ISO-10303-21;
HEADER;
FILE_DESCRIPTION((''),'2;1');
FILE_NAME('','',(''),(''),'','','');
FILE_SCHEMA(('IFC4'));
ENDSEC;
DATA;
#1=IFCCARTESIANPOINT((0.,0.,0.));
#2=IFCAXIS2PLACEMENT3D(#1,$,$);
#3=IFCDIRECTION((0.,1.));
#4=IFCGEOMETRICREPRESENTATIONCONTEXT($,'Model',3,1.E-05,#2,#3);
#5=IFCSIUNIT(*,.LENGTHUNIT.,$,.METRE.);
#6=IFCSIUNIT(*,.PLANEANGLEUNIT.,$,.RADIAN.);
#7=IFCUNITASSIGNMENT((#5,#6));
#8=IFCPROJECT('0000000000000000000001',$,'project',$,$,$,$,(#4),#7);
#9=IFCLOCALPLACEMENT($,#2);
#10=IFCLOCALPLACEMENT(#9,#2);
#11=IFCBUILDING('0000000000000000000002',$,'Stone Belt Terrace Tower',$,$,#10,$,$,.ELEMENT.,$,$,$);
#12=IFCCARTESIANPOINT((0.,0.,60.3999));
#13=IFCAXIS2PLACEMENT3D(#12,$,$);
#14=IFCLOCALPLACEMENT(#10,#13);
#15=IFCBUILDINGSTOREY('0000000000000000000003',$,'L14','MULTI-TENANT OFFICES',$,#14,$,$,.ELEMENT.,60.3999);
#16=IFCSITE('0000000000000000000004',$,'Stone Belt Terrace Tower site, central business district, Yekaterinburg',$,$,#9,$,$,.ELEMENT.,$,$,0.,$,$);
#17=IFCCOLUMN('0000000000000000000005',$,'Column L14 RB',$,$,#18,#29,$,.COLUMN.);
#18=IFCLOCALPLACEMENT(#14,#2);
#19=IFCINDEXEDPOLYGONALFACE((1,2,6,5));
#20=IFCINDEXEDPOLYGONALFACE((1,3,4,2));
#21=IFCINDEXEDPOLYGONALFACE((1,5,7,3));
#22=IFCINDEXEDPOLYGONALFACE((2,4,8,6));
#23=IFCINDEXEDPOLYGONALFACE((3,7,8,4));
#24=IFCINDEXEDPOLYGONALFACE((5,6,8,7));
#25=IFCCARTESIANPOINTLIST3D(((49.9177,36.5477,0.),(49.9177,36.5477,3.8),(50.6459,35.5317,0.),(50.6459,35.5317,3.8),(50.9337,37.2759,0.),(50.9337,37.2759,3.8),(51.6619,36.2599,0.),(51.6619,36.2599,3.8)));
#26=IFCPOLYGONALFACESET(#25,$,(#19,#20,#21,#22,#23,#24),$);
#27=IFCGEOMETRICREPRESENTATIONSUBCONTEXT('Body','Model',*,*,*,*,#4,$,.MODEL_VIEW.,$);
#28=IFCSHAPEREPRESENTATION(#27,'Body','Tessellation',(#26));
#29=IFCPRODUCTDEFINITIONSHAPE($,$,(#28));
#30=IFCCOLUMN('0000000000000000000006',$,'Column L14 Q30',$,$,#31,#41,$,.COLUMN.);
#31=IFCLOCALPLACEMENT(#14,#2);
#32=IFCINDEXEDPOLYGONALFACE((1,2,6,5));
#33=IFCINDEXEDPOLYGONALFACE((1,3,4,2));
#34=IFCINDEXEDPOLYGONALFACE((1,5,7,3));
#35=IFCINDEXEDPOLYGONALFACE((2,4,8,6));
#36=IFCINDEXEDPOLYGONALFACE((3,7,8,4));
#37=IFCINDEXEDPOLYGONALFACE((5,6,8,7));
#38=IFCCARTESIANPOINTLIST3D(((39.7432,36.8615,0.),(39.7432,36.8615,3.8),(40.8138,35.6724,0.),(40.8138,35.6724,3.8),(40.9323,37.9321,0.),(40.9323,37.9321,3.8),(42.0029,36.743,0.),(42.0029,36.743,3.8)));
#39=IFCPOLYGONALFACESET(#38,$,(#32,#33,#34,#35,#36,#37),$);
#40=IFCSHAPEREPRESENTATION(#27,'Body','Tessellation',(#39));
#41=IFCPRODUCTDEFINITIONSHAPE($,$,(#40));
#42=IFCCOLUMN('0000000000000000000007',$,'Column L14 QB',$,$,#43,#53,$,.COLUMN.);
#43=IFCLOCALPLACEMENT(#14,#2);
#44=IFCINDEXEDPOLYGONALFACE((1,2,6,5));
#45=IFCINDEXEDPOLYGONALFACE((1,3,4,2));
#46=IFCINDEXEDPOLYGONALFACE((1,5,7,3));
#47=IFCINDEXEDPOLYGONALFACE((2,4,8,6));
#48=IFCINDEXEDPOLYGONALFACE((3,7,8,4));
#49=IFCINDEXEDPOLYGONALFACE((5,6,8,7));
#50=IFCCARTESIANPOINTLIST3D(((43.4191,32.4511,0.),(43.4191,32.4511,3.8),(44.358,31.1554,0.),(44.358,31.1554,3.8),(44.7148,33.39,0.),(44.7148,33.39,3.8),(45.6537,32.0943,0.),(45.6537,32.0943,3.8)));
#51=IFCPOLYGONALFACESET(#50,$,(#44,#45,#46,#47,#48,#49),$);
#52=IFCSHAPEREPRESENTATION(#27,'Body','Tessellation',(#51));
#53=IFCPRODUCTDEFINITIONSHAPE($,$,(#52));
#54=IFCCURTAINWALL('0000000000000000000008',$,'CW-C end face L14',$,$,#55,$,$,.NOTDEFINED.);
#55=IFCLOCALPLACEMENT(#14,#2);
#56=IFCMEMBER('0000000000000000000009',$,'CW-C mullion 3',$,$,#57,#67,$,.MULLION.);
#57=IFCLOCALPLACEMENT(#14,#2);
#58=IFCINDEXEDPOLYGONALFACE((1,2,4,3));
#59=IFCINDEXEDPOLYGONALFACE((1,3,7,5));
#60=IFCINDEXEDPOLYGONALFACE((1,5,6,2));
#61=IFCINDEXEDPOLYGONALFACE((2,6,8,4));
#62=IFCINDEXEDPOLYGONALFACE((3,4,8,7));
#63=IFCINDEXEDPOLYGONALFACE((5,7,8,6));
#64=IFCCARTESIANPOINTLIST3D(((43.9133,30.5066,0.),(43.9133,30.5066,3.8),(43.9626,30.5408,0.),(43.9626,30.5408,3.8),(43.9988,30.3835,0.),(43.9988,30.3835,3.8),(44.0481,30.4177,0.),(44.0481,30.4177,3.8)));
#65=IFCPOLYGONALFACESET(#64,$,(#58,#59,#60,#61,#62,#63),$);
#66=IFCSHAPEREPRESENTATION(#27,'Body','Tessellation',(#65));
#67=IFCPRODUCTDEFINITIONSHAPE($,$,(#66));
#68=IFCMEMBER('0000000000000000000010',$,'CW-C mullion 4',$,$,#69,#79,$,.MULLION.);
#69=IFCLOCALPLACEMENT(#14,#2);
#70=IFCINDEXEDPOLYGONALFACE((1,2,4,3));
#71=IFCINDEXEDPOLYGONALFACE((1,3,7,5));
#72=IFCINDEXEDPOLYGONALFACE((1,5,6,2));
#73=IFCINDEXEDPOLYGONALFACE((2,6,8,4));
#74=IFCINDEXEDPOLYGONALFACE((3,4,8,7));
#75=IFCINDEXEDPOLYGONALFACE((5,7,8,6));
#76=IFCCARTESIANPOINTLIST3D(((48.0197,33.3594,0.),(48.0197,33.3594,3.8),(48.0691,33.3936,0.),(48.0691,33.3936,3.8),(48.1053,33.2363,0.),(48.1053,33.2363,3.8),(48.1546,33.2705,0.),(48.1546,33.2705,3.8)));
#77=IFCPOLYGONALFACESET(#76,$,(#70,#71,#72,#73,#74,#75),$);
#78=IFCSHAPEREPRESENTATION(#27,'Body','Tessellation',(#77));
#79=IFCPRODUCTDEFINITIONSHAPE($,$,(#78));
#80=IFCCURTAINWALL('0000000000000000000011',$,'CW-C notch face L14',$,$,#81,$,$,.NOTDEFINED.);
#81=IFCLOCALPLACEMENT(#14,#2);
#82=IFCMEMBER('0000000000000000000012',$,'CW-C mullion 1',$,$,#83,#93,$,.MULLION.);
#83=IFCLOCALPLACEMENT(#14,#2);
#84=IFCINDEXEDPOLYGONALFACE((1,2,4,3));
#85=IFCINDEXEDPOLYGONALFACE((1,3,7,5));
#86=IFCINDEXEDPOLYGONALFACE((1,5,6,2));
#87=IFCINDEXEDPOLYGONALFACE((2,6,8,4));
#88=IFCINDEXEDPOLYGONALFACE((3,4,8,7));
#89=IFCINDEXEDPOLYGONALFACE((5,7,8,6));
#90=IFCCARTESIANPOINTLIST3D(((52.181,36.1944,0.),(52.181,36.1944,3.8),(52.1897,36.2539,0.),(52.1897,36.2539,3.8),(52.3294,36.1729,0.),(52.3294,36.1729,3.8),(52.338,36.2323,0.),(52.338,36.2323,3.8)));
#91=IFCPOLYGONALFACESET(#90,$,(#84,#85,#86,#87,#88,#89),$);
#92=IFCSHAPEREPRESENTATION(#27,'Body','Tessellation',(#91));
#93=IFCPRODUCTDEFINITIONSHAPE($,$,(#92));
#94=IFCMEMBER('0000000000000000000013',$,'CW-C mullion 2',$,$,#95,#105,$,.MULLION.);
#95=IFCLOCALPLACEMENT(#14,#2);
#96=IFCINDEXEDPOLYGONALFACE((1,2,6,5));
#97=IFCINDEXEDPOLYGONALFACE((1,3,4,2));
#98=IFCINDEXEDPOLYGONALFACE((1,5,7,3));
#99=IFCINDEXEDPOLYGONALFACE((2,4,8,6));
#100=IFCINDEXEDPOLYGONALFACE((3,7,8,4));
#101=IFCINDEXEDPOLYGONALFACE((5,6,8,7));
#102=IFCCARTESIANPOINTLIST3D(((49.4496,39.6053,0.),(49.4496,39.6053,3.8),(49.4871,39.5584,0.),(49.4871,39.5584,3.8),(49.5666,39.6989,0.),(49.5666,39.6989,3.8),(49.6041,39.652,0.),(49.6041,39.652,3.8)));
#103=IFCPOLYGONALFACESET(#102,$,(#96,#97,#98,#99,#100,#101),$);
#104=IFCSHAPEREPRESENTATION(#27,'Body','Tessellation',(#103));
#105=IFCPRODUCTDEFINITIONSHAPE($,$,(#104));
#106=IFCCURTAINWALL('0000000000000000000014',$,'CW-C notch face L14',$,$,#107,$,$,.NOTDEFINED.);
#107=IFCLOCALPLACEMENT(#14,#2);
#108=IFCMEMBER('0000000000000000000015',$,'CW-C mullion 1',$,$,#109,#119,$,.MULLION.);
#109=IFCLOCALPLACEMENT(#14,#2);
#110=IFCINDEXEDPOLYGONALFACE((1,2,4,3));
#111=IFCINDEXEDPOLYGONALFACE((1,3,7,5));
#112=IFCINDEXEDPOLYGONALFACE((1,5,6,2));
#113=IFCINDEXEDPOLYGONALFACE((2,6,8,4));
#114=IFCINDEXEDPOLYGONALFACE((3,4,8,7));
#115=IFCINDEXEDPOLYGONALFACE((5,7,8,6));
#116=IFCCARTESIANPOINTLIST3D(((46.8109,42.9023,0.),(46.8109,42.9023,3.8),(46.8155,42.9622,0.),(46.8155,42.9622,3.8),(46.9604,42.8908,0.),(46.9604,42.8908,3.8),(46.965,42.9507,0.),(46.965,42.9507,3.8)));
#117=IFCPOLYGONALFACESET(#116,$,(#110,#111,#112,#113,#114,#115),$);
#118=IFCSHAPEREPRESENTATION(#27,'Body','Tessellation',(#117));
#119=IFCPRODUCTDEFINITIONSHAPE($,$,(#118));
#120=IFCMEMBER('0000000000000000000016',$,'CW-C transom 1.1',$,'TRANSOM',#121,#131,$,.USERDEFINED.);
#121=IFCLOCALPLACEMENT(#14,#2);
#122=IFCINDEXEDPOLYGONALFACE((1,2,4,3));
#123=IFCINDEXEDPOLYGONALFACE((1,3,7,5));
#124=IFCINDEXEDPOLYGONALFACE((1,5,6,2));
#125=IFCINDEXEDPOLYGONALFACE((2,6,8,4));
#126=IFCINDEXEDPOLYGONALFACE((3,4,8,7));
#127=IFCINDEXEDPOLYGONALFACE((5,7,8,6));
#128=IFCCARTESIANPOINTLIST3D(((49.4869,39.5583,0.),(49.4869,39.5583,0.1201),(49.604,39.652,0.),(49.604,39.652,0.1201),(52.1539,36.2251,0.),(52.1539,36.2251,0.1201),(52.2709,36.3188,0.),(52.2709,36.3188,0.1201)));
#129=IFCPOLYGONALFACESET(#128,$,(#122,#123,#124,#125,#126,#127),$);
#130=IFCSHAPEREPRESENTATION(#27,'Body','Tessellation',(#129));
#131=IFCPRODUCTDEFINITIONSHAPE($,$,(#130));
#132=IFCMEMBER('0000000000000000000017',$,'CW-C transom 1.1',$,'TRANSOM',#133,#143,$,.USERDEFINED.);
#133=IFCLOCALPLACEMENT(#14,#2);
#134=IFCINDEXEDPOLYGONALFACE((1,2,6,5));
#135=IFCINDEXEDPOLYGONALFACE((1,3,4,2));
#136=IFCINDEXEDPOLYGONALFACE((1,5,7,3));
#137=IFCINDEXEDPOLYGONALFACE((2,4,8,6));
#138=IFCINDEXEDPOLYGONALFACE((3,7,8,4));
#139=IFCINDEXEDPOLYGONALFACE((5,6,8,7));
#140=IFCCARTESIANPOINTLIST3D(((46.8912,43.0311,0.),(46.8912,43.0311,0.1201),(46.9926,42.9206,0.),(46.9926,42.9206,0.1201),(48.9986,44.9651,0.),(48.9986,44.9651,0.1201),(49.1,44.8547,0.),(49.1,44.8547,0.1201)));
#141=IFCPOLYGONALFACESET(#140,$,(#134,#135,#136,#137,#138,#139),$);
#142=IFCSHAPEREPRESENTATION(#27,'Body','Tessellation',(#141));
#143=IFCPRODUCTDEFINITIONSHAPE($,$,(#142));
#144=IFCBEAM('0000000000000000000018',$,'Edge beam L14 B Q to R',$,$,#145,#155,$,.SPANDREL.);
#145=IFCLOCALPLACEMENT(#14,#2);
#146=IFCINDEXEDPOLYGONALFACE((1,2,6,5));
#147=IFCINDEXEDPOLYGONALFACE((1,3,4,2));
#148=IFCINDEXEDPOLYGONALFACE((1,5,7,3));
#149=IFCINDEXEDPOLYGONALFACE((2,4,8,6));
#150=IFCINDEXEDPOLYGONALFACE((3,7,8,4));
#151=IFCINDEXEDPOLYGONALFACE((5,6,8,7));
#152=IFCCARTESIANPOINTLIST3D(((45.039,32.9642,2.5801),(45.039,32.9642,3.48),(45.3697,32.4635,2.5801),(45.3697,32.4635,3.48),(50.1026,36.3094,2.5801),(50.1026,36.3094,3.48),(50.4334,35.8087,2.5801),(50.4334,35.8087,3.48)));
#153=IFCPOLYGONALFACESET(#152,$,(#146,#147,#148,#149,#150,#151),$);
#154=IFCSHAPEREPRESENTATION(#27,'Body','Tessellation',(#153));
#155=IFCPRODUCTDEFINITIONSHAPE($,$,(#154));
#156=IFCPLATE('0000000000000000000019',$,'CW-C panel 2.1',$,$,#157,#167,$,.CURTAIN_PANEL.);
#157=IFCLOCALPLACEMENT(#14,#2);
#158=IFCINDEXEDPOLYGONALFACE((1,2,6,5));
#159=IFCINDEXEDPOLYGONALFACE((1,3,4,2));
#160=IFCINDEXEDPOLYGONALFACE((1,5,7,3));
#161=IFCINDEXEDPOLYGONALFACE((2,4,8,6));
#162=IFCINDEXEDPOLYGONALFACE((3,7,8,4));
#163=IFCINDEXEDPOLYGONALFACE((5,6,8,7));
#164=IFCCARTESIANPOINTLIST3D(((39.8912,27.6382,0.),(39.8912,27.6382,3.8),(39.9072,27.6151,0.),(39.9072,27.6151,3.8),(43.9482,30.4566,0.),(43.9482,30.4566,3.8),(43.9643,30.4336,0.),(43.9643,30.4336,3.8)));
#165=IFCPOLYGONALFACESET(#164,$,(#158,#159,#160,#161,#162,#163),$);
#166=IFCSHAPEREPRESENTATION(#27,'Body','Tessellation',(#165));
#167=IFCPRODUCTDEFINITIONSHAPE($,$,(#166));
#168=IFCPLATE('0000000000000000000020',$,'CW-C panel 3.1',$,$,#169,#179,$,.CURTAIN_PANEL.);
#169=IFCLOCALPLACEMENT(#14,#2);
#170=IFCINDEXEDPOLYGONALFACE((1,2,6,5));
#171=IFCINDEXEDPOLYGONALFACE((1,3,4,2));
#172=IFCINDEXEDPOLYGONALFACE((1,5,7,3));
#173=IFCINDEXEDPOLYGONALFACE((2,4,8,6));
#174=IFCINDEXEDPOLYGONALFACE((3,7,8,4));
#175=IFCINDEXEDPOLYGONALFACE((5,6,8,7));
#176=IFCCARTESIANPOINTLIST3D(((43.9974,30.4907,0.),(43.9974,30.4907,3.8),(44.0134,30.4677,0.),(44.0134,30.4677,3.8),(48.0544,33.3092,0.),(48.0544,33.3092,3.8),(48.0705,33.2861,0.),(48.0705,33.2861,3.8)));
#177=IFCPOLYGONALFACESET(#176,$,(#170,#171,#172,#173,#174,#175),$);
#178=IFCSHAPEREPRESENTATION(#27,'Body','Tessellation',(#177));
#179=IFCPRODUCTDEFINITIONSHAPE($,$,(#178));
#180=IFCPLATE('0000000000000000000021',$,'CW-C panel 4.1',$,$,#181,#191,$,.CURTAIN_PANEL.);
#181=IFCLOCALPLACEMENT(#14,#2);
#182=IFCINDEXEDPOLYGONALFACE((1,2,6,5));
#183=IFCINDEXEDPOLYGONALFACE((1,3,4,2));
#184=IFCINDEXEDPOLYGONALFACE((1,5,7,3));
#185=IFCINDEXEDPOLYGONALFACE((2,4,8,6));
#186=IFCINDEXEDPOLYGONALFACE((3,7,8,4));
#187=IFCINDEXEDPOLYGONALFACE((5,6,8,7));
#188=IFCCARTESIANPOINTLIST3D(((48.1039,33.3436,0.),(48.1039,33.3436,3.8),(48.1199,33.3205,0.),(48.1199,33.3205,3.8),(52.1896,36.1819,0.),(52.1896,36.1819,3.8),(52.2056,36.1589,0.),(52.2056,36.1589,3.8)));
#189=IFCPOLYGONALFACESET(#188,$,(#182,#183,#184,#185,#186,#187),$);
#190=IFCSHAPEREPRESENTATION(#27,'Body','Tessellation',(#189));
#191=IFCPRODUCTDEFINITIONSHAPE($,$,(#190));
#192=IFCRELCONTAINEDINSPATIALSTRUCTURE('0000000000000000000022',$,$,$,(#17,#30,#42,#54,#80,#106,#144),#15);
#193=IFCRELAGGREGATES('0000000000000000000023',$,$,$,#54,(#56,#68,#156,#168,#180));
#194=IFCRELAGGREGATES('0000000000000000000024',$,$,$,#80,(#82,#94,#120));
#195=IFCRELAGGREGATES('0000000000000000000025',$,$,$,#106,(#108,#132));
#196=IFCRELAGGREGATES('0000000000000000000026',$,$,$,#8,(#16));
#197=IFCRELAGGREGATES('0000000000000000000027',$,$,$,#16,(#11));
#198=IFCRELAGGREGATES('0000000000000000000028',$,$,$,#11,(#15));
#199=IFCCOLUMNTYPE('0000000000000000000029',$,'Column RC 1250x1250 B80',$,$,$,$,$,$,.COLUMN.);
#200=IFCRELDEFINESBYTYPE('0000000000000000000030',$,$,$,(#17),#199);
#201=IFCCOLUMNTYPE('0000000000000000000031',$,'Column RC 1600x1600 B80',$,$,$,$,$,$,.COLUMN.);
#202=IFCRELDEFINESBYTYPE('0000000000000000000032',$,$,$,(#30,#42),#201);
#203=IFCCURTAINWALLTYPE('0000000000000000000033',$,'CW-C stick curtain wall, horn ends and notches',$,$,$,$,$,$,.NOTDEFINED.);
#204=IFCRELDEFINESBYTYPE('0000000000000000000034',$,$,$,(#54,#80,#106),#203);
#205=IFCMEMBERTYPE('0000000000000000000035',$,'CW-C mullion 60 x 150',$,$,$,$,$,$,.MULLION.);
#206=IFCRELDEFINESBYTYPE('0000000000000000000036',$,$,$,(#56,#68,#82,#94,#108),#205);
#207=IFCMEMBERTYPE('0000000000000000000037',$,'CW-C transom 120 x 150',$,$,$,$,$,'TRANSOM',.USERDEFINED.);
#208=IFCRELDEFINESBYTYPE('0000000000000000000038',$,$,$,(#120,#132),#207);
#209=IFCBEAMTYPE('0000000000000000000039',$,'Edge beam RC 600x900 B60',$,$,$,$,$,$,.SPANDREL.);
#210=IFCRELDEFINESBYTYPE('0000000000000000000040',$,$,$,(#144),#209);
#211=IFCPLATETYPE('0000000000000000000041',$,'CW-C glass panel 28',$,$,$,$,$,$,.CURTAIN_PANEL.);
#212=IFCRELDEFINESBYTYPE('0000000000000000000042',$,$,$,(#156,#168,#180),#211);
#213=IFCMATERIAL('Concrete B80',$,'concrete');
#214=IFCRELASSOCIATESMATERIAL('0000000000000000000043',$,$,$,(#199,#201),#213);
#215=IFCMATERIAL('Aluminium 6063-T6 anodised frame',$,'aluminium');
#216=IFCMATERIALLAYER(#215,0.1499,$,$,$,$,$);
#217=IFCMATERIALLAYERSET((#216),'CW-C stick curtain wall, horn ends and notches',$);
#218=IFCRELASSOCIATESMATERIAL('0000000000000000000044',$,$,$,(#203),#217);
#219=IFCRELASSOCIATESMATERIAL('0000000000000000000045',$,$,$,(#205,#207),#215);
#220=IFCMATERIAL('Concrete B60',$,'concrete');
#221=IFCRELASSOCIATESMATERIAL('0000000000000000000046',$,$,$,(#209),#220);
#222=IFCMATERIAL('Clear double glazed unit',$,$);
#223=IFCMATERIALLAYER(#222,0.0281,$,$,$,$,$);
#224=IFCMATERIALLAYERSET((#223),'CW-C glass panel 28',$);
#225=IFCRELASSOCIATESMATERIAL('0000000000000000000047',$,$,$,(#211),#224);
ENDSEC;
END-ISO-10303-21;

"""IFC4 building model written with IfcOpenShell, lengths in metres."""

from ifc_helpers import new_model, si_unit, direction, frame, origin, origin_2d, place, context, subcontext, project, spatial, rectangle, extrude, material, layer, layer_set, material_profile, profile_set, type_object, element, aggregate, save


model = new_model("IFC4")

# Units and contexts
model_context = context("Model", 3, precision=1e-05, world=origin(), true_north=direction((0.0, 1.0)))
body_context = subcontext(model_context, "Body", "Model", "MODEL_VIEW")
ifc_project = project(units=[si_unit("LENGTHUNIT", "METRE"), si_unit("PLANEANGLEUNIT", "RADIAN")], contexts=[model_context])

# Site, building, storey
site_placement = place(None, origin())
site = spatial("IfcSite", under=ifc_project, at=site_placement, Name="Stone Belt Terrace Tower site, central business district, Yekaterinburg", CompositionType="ELEMENT", RefElevation=0.0)
building_placement = place(site_placement, origin())
building = spatial("IfcBuilding", under=site, at=building_placement, Name="Stone Belt Terrace Tower", CompositionType="ELEMENT")
storey_placement = place(building_placement, frame((0.0, 0.0, 60.3999)))
storey = spatial("IfcBuildingStorey", under=building, at=storey_placement, Name="L14", Description="MULTI-TENANT OFFICES", CompositionType="ELEMENT", Elevation=60.3999)

# Columns
ifc_material_1 = material(Name="Concrete B80", Category="concrete")
ifc_material_profile_1 = material_profile(ifc_material_1, rectangle(XDim=1.25, YDim=1.25, at=origin_2d()), Name="RC 1250x1250")
ifc_profile_set_1 = profile_set([ifc_material_profile_1], Name="Concrete B80")
column_type_1 = type_object("IfcColumnType", Name="Column RC 1250x1250 B80", PredefinedType="COLUMN", material=ifc_profile_set_1)
column_placement = place(storey_placement, frame((50.7898, 36.4038, 0.0), z_axis=(0.0, 0.0, 1.0), x_axis=(0.582566, -0.812784, 0.0)))
element("IfcColumn", 1, at=column_placement, inside=storey, type_object=column_type_1, Name="Column L14 RB", PredefinedType="COLUMN", context=body_context, shape_type="SweptSolid", body=[
    extrude(rectangle(XDim=1.25, YDim=1.25, at=origin_2d()), origin(), (0.0, 0.0, 1.0), 3.8),
])
ifc_material_profile_2 = material_profile(ifc_material_1, rectangle(XDim=1.6001, YDim=1.6001, at=origin_2d()), Name="RC 1600x1600")
ifc_profile_set_2 = profile_set([ifc_material_profile_2], Name="Concrete B80")
column_type_2 = type_object("IfcColumnType", Name="Column RC 1600x1600 B80", PredefinedType="COLUMN", material=ifc_profile_set_2)
for number, where, z_axis, x_axis, name in (
    (2, (40.873, 36.8022, 0.0), (0.0, 0.0, 1.0), (0.669131, -0.743145, 0.0), "Column L14 Q30"),
    (3, (44.5364, 32.2727, 0.0), (0.0, 0.0, 1.0), (0.586774, -0.809751, 0.0), "Column L14 QB"),
):
    element("IfcColumn", number, at=place(storey_placement, frame(where, z_axis=z_axis, x_axis=x_axis)), inside=storey, type_object=column_type_2, Name=name, PredefinedType="COLUMN", context=body_context, shape_type="SweptSolid", body=[
        extrude(rectangle(XDim=1.6001, YDim=1.6001, at=origin_2d()), origin(), (0.0, 0.0, 1.0), 3.8),
    ])

# Curtain walls, members
ifc_material_2 = material(Name="Aluminium 6063-T6 anodised frame", Category="aluminium")
ifc_layer_1 = layer(ifc_material_2, 0.1499)
ifc_layer_set_1 = layer_set([ifc_layer_1], Name="CW-C stick curtain wall, horn ends and notches")
curtain_wall_type = type_object("IfcCurtainWallType", Name="CW-C stick curtain wall, horn ends and notches", PredefinedType="NOTDEFINED", material=ifc_layer_set_1)
curtain_wall_1_placement = place(storey_placement, origin())
curtain_wall_1 = element("IfcCurtainWall", 4, at=curtain_wall_1_placement, inside=storey, type_object=curtain_wall_type, Name="CW-C end face L14", PredefinedType="NOTDEFINED")
ifc_material_profile_3 = material_profile(ifc_material_2, rectangle(XDim=0.1499, YDim=0.0601, at=origin_2d()), Name="Aluminium 6063-T6 60x150")
ifc_profile_set_3 = profile_set([ifc_material_profile_3], Name="Aluminium 6063-T6 anodised frame")
member_type_1 = type_object("IfcMemberType", Name="CW-C mullion 60 x 150", PredefinedType="MULLION", material=ifc_profile_set_3)
member_1_placement = place(storey_placement, frame((43.9807, 30.4622, 0.0), z_axis=(0.0, 0.0, 1.0), x_axis=(-0.570537, 0.821272, 0.0)))
member_1 = element("IfcMember", 5, at=member_1_placement, type_object=member_type_1, Name="CW-C mullion 3", PredefinedType="MULLION", context=body_context, shape_type="SweptSolid", body=[
    extrude(rectangle(XDim=0.1499, YDim=0.0601, at=origin_2d()), origin(), (0.0, 0.0, 1.0), 3.8),
])
member_2_placement = place(storey_placement, frame((48.0872, 33.3149, 0.0), z_axis=(0.0, 0.0, 1.0), x_axis=(-0.570537, 0.821272, 0.0)))
member_2 = element("IfcMember", 6, at=member_2_placement, type_object=member_type_1, Name="CW-C mullion 4", PredefinedType="MULLION", context=body_context, shape_type="SweptSolid", body=[
    extrude(rectangle(XDim=0.1499, YDim=0.0601, at=origin_2d()), origin(), (0.0, 0.0, 1.0), 3.8),
])
curtain_wall_2_placement = place(storey_placement, origin())
curtain_wall_2 = element("IfcCurtainWall", 7, at=curtain_wall_2_placement, inside=storey, type_object=curtain_wall_type, Name="CW-C notch face L14", PredefinedType="NOTDEFINED")
member_3_placement = place(storey_placement, frame((52.2595, 36.2134, 0.0), z_axis=(0.0, 0.0, 1.0), x_axis=(-0.989592, 0.143902, 0.0)))
member_3 = element("IfcMember", 8, at=member_3_placement, type_object=member_type_1, Name="CW-C mullion 1", PredefinedType="MULLION", context=body_context, shape_type="SweptSolid", body=[
    extrude(rectangle(XDim=0.1499, YDim=0.0601, at=origin_2d()), origin(), (0.0, 0.0, 1.0), 3.8),
])
member_4_placement = place(storey_placement, frame((49.5269, 39.6287, 0.0), z_axis=(0.0, 0.0, 1.0), x_axis=(-0.780814, -0.624764, 0.0)))
member_4 = element("IfcMember", 9, at=member_4_placement, type_object=member_type_1, Name="CW-C mullion 2", PredefinedType="MULLION", context=body_context, shape_type="SweptSolid", body=[
    extrude(rectangle(XDim=0.1499, YDim=0.0601, at=origin_2d()), origin(), (0.0, 0.0, 1.0), 3.8),
])

# Curtain wall, member
curtain_wall_3_placement = place(storey_placement, origin())
curtain_wall_3 = element("IfcCurtainWall", 10, at=curtain_wall_3_placement, inside=storey, type_object=curtain_wall_type, Name="CW-C notch face L14", PredefinedType="NOTDEFINED")
member_5_placement = place(storey_placement, frame((46.8879, 42.9265, 0.0), z_axis=(0.0, 0.0, 1.0), x_axis=(-0.997057, 0.076659, 0.0)))
member_5 = element("IfcMember", 11, at=member_5_placement, type_object=member_type_1, Name="CW-C mullion 1", PredefinedType="MULLION", context=body_context, shape_type="SweptSolid", body=[
    extrude(rectangle(XDim=0.1499, YDim=0.0601, at=origin_2d()), origin(), (0.0, 0.0, 1.0), 3.8),
])

# Members
ifc_material_profile_4 = material_profile(ifc_material_2, rectangle(XDim=0.1499, YDim=0.1201, at=origin_2d()), Name="Aluminium 6063-T6 150x120")
ifc_profile_set_4 = profile_set([ifc_material_profile_4], Name="Aluminium 6063-T6 anodised frame")
member_type_2 = type_object("IfcMemberType", Name="CW-C transom 120 x 150", ElementType="TRANSOM", PredefinedType="USERDEFINED", material=ifc_profile_set_4)
member_6_placement = place(storey_placement, frame((52.2124, 36.272, 0.0601), z_axis=(-0.624751, 0.780824, 0.0), x_axis=(-0.780824, -0.624751, 0.0)))
member_6 = element("IfcMember", 12, at=member_6_placement, type_object=member_type_2, Name="CW-C transom 1.1", ObjectType="TRANSOM", PredefinedType="USERDEFINED", context=body_context, shape_type="SweptSolid", body=[
    extrude(rectangle(XDim=0.1499, YDim=0.1201, at=origin_2d()), origin(), (0.0, 0.0, 1.0), 4.2688),
])
member_7_placement = place(storey_placement, frame((46.9419, 42.9758, 0.0601), z_axis=(0.736757, 0.676157, 0.0), x_axis=(-0.676157, 0.736757, 0.0)))
member_7 = element("IfcMember", 13, at=member_7_placement, type_object=member_type_2, Name="CW-C transom 1.1", ObjectType="TRANSOM", PredefinedType="USERDEFINED", context=body_context, shape_type="SweptSolid", body=[
    extrude(rectangle(XDim=0.1499, YDim=0.1201, at=origin_2d()), origin(), (0.0, 0.0, 1.0), 2.8604),
])

# Beam
ifc_material_3 = material(Name="Concrete B60", Category="concrete")
ifc_material_profile_5 = material_profile(ifc_material_3, rectangle(XDim=0.6001, YDim=0.8999, at=origin_2d()), Name="RC 600x900")
ifc_profile_set_5 = profile_set([ifc_material_profile_5], Name="Concrete B60")
beam_type = type_object("IfcBeamType", Name="Edge beam RC 600x900 B60", PredefinedType="SPANDREL", material=ifc_profile_set_5)
beam_placement = place(storey_placement, frame((45.2043, 32.7139, 3.03), z_axis=(0.83437, 0.551205, 0.0), x_axis=(-0.551205, 0.83437, 0.0)))
element("IfcBeam", 14, at=beam_placement, inside=storey, type_object=beam_type, Name="Edge beam L14 B Q to R", PredefinedType="SPANDREL", context=body_context, shape_type="SweptSolid", body=[
    extrude(rectangle(XDim=0.6001, YDim=0.8999, at=origin_2d()), origin(), (0.0, 0.0, 1.0), 6.0688),
])

# Plates
ifc_material_4 = material(Name="Clear double glazed unit")
ifc_layer_2 = layer(ifc_material_4, 0.0281)
ifc_layer_set_2 = layer_set([ifc_layer_2], Name="CW-C glass panel 28")
plate_type = type_object("IfcPlateType", Name="CW-C glass panel 28", PredefinedType="CURTAIN_PANEL", material=ifc_layer_set_2)
plate_1_placement = place(storey_placement, frame((41.9277, 29.0359, 0.0), z_axis=(0.0, 0.0, 1.0), x_axis=(0.821272, 0.570537, 0.0)))
plate_1 = element("IfcPlate", 15, at=plate_1_placement, type_object=plate_type, Name="CW-C panel 2.1", PredefinedType="CURTAIN_PANEL", context=body_context, shape_type="SweptSolid", body=[
    extrude(rectangle(XDim=4.9399, YDim=0.0281, at=origin_2d()), origin(), (0.0, 0.0, 1.0), 3.8),
])
plate_2_placement = place(storey_placement, frame((46.0339, 31.8884, 0.0), z_axis=(0.0, 0.0, 1.0), x_axis=(0.821272, 0.570537, 0.0)))
plate_2 = element("IfcPlate", 16, at=plate_2_placement, type_object=plate_type, Name="CW-C panel 3.1", PredefinedType="CURTAIN_PANEL", context=body_context, shape_type="SweptSolid", body=[
    extrude(rectangle(XDim=4.9399, YDim=0.0281, at=origin_2d()), origin(), (0.0, 0.0, 1.0), 3.8),
])
plate_3_placement = place(storey_placement, frame((50.1548, 34.7512, 0.0), z_axis=(0.0, 0.0, 1.0), x_axis=(0.821272, 0.570537, 0.0)))
plate_3 = element("IfcPlate", 17, at=plate_3_placement, type_object=plate_type, Name="CW-C panel 4.1", PredefinedType="CURTAIN_PANEL", context=body_context, shape_type="SweptSolid", body=[
    extrude(rectangle(XDim=4.9749, YDim=0.0281, at=origin_2d()), origin(), (0.0, 0.0, 1.0), 3.8),
])
aggregate(curtain_wall_1, [member_1, member_2, plate_1, plate_2, plate_3])
aggregate(curtain_wall_2, [member_3, member_4, member_6])
aggregate(curtain_wall_3, [member_5, member_7])

save(model, "model.ifc")
